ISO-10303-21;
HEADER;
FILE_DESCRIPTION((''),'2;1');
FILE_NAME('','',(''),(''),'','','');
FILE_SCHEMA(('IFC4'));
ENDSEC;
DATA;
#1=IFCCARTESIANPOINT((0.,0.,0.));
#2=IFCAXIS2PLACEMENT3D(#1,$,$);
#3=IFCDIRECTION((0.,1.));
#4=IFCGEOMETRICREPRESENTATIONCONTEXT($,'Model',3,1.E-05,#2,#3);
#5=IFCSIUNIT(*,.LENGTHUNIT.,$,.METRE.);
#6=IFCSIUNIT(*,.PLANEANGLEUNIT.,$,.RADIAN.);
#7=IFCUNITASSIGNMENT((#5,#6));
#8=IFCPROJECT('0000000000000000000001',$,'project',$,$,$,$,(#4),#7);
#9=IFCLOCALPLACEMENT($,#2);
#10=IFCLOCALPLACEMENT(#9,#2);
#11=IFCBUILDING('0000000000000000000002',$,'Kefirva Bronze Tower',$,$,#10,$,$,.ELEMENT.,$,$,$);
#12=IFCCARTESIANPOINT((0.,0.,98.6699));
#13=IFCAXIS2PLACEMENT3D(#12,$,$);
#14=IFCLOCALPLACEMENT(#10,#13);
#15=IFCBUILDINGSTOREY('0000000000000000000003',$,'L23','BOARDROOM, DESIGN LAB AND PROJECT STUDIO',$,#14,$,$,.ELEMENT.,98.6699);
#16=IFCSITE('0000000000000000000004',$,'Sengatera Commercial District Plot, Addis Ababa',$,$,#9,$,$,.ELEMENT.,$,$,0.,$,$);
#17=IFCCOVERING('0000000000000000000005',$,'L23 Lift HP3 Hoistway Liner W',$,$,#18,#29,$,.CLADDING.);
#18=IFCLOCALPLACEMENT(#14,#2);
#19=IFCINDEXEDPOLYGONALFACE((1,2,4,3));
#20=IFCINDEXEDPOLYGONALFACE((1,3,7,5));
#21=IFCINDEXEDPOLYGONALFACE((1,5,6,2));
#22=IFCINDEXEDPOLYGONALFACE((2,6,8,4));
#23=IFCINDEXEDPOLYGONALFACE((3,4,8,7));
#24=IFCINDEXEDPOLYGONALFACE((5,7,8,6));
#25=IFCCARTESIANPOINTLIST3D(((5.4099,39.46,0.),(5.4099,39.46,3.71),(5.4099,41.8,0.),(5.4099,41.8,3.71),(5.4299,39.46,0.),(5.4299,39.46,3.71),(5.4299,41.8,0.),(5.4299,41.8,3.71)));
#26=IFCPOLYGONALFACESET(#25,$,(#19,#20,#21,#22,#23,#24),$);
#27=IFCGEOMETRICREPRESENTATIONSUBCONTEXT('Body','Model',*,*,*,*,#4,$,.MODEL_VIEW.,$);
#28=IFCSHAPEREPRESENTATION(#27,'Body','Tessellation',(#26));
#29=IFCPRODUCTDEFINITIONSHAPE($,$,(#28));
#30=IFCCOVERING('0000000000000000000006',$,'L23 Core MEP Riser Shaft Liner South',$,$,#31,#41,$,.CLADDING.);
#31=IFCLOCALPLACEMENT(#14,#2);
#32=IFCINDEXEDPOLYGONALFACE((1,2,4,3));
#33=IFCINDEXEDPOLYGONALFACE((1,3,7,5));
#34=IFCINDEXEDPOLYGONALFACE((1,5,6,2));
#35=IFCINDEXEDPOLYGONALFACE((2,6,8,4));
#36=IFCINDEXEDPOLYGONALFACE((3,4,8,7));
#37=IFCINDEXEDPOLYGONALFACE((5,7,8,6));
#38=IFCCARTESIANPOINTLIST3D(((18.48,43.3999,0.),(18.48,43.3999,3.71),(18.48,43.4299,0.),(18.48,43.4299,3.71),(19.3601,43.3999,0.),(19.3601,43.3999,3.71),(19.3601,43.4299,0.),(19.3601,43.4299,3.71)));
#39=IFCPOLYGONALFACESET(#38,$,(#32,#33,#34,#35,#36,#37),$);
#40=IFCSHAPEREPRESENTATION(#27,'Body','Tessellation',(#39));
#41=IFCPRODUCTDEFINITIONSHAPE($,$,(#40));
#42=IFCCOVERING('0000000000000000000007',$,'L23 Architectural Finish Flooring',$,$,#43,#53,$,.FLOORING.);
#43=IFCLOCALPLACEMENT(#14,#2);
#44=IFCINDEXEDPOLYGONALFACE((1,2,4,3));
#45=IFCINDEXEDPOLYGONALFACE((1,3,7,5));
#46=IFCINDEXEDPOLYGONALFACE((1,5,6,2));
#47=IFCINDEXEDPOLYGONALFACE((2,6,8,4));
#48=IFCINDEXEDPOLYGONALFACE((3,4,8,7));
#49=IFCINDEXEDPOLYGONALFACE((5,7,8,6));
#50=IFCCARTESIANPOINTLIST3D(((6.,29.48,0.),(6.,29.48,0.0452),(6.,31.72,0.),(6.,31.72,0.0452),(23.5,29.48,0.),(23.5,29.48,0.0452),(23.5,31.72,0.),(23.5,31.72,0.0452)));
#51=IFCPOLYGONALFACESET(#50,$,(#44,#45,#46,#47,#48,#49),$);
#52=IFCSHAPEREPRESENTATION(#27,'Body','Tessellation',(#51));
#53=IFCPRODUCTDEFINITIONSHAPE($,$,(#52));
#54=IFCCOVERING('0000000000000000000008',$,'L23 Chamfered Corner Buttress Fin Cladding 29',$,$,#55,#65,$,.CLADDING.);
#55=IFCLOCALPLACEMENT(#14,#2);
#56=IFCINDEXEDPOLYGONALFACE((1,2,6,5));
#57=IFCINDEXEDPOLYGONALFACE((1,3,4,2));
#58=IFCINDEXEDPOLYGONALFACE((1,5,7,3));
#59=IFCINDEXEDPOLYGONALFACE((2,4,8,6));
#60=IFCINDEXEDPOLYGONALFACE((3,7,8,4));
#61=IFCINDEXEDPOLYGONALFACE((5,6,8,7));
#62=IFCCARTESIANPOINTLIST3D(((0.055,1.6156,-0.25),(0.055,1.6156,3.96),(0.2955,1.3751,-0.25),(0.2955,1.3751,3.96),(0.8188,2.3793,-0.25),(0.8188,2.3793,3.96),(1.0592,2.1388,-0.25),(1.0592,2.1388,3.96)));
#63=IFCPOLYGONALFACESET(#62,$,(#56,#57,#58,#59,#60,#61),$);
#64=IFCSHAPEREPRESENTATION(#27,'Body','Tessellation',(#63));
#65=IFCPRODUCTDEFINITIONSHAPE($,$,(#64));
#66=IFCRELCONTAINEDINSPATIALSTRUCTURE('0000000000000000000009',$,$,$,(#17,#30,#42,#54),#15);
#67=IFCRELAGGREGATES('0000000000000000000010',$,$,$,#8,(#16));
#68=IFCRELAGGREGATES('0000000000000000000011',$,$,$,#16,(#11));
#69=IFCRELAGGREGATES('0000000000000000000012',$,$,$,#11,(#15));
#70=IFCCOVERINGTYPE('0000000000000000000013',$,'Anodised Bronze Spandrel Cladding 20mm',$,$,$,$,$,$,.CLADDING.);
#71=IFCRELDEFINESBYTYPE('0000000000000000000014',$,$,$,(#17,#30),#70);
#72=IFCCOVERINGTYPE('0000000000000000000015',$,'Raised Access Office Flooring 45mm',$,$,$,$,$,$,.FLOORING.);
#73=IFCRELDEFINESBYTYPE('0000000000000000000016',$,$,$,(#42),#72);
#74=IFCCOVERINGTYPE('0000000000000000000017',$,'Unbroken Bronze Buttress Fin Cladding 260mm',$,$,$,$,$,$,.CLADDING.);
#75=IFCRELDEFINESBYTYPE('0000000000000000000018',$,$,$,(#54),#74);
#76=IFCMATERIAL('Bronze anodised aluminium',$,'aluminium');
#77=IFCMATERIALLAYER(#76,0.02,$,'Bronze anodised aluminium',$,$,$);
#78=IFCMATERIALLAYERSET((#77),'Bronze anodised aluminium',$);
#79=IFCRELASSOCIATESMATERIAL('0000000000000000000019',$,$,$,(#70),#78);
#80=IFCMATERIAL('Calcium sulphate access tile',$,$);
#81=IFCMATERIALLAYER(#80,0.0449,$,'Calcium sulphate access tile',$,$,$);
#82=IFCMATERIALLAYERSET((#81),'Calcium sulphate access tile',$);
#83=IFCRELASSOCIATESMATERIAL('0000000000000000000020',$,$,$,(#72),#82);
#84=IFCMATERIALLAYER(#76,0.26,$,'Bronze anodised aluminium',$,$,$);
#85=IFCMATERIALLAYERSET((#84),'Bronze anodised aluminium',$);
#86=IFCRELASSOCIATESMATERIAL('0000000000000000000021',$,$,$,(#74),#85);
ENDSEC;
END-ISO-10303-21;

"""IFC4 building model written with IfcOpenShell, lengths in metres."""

from ifc_helpers import new_model, si_unit, direction, frame, origin, origin_2d, place, context, subcontext, project, spatial, polyline, rectangle, outline, extrude, material, layer, layer_set, type_object, element, save


model = new_model("IFC4")

# Units and contexts
model_context = context("Model", 3, precision=1e-05, world=origin(), true_north=direction((0.0, 1.0)))
body_context = subcontext(model_context, "Body", "Model", "MODEL_VIEW")
ifc_project = project(units=[si_unit("LENGTHUNIT", "METRE"), si_unit("PLANEANGLEUNIT", "RADIAN")], contexts=[model_context])

# Site, building, storey
site_placement = place(None, origin())
site = spatial("IfcSite", under=ifc_project, at=site_placement, Name="Sengatera Commercial District Plot, Addis Ababa", CompositionType="ELEMENT", RefElevation=0.0)
building_placement = place(site_placement, origin())
building = spatial("IfcBuilding", under=site, at=building_placement, Name="Kefirva Bronze Tower", CompositionType="ELEMENT")
storey_placement = place(building_placement, frame((0.0, 0.0, 98.6699)))
storey = spatial("IfcBuildingStorey", under=building, at=storey_placement, Name="L23", Description="BOARDROOM, DESIGN LAB AND PROJECT STUDIO", CompositionType="ELEMENT", Elevation=98.6699)

# Shared definitions
ifc_material_1 = material(Name="Bronze anodised aluminium", Category="aluminium")

# Coverings
ifc_layer_1 = layer(ifc_material_1, 0.02, Name="Bronze anodised aluminium")
ifc_layer_set_1 = layer_set([ifc_layer_1], Name="Bronze anodised aluminium")
covering_type_1 = type_object("IfcCoveringType", Name="Anodised Bronze Spandrel Cladding 20mm", PredefinedType="CLADDING", material=ifc_layer_set_1)
covering_1_placement = place(storey_placement, origin())
element("IfcCovering", 1, at=covering_1_placement, inside=storey, type_object=covering_type_1, Name="L23 Lift HP3 Hoistway Liner W", PredefinedType="CLADDING", context=body_context, shape_type="SweptSolid", body=[
    extrude(outline(polyline([(5.4099, 39.46), (5.4299, 39.46), (5.4299, 41.8), (5.4099, 41.8), (5.4099, 39.46)])), origin(), (0.0, 0.0, 1.0), 3.71),
])
covering_2_placement = place(storey_placement, origin())
element("IfcCovering", 2, at=covering_2_placement, inside=storey, type_object=covering_type_1, Name="L23 Core MEP Riser Shaft Liner South", PredefinedType="CLADDING", context=body_context, shape_type="SweptSolid", body=[
    extrude(outline(polyline([(18.48, 43.3999), (19.3601, 43.3999), (19.3601, 43.4299), (18.48, 43.4299), (18.48, 43.3999)])), origin(), (0.0, 0.0, 1.0), 3.71),
])
ifc_material_2 = material(Name="Calcium sulphate access tile")
ifc_layer_2 = layer(ifc_material_2, 0.0449, Name="Calcium sulphate access tile")
ifc_layer_set_2 = layer_set([ifc_layer_2], Name="Calcium sulphate access tile")
covering_type_2 = type_object("IfcCoveringType", Name="Raised Access Office Flooring 45mm", PredefinedType="FLOORING", material=ifc_layer_set_2)
covering_3_placement = place(storey_placement, origin())
element("IfcCovering", 3, at=covering_3_placement, inside=storey, type_object=covering_type_2, Name="L23 Architectural Finish Flooring", PredefinedType="FLOORING", context=body_context, shape_type="SweptSolid", body=[
    extrude(outline(polyline([(6.0, 29.48), (23.5, 29.48), (23.5, 31.72), (6.0, 31.72), (6.0, 29.48)])), origin(), (0.0, 0.0, 1.0), 0.0452),
])
ifc_layer_3 = layer(ifc_material_1, 0.26, Name="Bronze anodised aluminium")
ifc_layer_set_3 = layer_set([ifc_layer_3], Name="Bronze anodised aluminium")
covering_type_3 = type_object("IfcCoveringType", Name="Unbroken Bronze Buttress Fin Cladding 260mm", PredefinedType="CLADDING", material=ifc_layer_set_3)
covering_4_placement = place(storey_placement, frame((0.5571, 1.8772, -0.25), z_axis=(0.0, 0.0, 1.0), x_axis=(0.707107, -0.707107, 0.0)))
element("IfcCovering", 4, at=covering_4_placement, inside=storey, type_object=covering_type_3, Name="L23 Chamfered Corner Buttress Fin Cladding 29", PredefinedType="CLADDING", context=body_context, shape_type="SweptSolid", body=[
    extrude(rectangle(XDim=0.3401, YDim=1.0801, at=origin_2d()), origin(), (0.0, 0.0, 1.0), 4.21),
])

save(model, "model.ifc")
